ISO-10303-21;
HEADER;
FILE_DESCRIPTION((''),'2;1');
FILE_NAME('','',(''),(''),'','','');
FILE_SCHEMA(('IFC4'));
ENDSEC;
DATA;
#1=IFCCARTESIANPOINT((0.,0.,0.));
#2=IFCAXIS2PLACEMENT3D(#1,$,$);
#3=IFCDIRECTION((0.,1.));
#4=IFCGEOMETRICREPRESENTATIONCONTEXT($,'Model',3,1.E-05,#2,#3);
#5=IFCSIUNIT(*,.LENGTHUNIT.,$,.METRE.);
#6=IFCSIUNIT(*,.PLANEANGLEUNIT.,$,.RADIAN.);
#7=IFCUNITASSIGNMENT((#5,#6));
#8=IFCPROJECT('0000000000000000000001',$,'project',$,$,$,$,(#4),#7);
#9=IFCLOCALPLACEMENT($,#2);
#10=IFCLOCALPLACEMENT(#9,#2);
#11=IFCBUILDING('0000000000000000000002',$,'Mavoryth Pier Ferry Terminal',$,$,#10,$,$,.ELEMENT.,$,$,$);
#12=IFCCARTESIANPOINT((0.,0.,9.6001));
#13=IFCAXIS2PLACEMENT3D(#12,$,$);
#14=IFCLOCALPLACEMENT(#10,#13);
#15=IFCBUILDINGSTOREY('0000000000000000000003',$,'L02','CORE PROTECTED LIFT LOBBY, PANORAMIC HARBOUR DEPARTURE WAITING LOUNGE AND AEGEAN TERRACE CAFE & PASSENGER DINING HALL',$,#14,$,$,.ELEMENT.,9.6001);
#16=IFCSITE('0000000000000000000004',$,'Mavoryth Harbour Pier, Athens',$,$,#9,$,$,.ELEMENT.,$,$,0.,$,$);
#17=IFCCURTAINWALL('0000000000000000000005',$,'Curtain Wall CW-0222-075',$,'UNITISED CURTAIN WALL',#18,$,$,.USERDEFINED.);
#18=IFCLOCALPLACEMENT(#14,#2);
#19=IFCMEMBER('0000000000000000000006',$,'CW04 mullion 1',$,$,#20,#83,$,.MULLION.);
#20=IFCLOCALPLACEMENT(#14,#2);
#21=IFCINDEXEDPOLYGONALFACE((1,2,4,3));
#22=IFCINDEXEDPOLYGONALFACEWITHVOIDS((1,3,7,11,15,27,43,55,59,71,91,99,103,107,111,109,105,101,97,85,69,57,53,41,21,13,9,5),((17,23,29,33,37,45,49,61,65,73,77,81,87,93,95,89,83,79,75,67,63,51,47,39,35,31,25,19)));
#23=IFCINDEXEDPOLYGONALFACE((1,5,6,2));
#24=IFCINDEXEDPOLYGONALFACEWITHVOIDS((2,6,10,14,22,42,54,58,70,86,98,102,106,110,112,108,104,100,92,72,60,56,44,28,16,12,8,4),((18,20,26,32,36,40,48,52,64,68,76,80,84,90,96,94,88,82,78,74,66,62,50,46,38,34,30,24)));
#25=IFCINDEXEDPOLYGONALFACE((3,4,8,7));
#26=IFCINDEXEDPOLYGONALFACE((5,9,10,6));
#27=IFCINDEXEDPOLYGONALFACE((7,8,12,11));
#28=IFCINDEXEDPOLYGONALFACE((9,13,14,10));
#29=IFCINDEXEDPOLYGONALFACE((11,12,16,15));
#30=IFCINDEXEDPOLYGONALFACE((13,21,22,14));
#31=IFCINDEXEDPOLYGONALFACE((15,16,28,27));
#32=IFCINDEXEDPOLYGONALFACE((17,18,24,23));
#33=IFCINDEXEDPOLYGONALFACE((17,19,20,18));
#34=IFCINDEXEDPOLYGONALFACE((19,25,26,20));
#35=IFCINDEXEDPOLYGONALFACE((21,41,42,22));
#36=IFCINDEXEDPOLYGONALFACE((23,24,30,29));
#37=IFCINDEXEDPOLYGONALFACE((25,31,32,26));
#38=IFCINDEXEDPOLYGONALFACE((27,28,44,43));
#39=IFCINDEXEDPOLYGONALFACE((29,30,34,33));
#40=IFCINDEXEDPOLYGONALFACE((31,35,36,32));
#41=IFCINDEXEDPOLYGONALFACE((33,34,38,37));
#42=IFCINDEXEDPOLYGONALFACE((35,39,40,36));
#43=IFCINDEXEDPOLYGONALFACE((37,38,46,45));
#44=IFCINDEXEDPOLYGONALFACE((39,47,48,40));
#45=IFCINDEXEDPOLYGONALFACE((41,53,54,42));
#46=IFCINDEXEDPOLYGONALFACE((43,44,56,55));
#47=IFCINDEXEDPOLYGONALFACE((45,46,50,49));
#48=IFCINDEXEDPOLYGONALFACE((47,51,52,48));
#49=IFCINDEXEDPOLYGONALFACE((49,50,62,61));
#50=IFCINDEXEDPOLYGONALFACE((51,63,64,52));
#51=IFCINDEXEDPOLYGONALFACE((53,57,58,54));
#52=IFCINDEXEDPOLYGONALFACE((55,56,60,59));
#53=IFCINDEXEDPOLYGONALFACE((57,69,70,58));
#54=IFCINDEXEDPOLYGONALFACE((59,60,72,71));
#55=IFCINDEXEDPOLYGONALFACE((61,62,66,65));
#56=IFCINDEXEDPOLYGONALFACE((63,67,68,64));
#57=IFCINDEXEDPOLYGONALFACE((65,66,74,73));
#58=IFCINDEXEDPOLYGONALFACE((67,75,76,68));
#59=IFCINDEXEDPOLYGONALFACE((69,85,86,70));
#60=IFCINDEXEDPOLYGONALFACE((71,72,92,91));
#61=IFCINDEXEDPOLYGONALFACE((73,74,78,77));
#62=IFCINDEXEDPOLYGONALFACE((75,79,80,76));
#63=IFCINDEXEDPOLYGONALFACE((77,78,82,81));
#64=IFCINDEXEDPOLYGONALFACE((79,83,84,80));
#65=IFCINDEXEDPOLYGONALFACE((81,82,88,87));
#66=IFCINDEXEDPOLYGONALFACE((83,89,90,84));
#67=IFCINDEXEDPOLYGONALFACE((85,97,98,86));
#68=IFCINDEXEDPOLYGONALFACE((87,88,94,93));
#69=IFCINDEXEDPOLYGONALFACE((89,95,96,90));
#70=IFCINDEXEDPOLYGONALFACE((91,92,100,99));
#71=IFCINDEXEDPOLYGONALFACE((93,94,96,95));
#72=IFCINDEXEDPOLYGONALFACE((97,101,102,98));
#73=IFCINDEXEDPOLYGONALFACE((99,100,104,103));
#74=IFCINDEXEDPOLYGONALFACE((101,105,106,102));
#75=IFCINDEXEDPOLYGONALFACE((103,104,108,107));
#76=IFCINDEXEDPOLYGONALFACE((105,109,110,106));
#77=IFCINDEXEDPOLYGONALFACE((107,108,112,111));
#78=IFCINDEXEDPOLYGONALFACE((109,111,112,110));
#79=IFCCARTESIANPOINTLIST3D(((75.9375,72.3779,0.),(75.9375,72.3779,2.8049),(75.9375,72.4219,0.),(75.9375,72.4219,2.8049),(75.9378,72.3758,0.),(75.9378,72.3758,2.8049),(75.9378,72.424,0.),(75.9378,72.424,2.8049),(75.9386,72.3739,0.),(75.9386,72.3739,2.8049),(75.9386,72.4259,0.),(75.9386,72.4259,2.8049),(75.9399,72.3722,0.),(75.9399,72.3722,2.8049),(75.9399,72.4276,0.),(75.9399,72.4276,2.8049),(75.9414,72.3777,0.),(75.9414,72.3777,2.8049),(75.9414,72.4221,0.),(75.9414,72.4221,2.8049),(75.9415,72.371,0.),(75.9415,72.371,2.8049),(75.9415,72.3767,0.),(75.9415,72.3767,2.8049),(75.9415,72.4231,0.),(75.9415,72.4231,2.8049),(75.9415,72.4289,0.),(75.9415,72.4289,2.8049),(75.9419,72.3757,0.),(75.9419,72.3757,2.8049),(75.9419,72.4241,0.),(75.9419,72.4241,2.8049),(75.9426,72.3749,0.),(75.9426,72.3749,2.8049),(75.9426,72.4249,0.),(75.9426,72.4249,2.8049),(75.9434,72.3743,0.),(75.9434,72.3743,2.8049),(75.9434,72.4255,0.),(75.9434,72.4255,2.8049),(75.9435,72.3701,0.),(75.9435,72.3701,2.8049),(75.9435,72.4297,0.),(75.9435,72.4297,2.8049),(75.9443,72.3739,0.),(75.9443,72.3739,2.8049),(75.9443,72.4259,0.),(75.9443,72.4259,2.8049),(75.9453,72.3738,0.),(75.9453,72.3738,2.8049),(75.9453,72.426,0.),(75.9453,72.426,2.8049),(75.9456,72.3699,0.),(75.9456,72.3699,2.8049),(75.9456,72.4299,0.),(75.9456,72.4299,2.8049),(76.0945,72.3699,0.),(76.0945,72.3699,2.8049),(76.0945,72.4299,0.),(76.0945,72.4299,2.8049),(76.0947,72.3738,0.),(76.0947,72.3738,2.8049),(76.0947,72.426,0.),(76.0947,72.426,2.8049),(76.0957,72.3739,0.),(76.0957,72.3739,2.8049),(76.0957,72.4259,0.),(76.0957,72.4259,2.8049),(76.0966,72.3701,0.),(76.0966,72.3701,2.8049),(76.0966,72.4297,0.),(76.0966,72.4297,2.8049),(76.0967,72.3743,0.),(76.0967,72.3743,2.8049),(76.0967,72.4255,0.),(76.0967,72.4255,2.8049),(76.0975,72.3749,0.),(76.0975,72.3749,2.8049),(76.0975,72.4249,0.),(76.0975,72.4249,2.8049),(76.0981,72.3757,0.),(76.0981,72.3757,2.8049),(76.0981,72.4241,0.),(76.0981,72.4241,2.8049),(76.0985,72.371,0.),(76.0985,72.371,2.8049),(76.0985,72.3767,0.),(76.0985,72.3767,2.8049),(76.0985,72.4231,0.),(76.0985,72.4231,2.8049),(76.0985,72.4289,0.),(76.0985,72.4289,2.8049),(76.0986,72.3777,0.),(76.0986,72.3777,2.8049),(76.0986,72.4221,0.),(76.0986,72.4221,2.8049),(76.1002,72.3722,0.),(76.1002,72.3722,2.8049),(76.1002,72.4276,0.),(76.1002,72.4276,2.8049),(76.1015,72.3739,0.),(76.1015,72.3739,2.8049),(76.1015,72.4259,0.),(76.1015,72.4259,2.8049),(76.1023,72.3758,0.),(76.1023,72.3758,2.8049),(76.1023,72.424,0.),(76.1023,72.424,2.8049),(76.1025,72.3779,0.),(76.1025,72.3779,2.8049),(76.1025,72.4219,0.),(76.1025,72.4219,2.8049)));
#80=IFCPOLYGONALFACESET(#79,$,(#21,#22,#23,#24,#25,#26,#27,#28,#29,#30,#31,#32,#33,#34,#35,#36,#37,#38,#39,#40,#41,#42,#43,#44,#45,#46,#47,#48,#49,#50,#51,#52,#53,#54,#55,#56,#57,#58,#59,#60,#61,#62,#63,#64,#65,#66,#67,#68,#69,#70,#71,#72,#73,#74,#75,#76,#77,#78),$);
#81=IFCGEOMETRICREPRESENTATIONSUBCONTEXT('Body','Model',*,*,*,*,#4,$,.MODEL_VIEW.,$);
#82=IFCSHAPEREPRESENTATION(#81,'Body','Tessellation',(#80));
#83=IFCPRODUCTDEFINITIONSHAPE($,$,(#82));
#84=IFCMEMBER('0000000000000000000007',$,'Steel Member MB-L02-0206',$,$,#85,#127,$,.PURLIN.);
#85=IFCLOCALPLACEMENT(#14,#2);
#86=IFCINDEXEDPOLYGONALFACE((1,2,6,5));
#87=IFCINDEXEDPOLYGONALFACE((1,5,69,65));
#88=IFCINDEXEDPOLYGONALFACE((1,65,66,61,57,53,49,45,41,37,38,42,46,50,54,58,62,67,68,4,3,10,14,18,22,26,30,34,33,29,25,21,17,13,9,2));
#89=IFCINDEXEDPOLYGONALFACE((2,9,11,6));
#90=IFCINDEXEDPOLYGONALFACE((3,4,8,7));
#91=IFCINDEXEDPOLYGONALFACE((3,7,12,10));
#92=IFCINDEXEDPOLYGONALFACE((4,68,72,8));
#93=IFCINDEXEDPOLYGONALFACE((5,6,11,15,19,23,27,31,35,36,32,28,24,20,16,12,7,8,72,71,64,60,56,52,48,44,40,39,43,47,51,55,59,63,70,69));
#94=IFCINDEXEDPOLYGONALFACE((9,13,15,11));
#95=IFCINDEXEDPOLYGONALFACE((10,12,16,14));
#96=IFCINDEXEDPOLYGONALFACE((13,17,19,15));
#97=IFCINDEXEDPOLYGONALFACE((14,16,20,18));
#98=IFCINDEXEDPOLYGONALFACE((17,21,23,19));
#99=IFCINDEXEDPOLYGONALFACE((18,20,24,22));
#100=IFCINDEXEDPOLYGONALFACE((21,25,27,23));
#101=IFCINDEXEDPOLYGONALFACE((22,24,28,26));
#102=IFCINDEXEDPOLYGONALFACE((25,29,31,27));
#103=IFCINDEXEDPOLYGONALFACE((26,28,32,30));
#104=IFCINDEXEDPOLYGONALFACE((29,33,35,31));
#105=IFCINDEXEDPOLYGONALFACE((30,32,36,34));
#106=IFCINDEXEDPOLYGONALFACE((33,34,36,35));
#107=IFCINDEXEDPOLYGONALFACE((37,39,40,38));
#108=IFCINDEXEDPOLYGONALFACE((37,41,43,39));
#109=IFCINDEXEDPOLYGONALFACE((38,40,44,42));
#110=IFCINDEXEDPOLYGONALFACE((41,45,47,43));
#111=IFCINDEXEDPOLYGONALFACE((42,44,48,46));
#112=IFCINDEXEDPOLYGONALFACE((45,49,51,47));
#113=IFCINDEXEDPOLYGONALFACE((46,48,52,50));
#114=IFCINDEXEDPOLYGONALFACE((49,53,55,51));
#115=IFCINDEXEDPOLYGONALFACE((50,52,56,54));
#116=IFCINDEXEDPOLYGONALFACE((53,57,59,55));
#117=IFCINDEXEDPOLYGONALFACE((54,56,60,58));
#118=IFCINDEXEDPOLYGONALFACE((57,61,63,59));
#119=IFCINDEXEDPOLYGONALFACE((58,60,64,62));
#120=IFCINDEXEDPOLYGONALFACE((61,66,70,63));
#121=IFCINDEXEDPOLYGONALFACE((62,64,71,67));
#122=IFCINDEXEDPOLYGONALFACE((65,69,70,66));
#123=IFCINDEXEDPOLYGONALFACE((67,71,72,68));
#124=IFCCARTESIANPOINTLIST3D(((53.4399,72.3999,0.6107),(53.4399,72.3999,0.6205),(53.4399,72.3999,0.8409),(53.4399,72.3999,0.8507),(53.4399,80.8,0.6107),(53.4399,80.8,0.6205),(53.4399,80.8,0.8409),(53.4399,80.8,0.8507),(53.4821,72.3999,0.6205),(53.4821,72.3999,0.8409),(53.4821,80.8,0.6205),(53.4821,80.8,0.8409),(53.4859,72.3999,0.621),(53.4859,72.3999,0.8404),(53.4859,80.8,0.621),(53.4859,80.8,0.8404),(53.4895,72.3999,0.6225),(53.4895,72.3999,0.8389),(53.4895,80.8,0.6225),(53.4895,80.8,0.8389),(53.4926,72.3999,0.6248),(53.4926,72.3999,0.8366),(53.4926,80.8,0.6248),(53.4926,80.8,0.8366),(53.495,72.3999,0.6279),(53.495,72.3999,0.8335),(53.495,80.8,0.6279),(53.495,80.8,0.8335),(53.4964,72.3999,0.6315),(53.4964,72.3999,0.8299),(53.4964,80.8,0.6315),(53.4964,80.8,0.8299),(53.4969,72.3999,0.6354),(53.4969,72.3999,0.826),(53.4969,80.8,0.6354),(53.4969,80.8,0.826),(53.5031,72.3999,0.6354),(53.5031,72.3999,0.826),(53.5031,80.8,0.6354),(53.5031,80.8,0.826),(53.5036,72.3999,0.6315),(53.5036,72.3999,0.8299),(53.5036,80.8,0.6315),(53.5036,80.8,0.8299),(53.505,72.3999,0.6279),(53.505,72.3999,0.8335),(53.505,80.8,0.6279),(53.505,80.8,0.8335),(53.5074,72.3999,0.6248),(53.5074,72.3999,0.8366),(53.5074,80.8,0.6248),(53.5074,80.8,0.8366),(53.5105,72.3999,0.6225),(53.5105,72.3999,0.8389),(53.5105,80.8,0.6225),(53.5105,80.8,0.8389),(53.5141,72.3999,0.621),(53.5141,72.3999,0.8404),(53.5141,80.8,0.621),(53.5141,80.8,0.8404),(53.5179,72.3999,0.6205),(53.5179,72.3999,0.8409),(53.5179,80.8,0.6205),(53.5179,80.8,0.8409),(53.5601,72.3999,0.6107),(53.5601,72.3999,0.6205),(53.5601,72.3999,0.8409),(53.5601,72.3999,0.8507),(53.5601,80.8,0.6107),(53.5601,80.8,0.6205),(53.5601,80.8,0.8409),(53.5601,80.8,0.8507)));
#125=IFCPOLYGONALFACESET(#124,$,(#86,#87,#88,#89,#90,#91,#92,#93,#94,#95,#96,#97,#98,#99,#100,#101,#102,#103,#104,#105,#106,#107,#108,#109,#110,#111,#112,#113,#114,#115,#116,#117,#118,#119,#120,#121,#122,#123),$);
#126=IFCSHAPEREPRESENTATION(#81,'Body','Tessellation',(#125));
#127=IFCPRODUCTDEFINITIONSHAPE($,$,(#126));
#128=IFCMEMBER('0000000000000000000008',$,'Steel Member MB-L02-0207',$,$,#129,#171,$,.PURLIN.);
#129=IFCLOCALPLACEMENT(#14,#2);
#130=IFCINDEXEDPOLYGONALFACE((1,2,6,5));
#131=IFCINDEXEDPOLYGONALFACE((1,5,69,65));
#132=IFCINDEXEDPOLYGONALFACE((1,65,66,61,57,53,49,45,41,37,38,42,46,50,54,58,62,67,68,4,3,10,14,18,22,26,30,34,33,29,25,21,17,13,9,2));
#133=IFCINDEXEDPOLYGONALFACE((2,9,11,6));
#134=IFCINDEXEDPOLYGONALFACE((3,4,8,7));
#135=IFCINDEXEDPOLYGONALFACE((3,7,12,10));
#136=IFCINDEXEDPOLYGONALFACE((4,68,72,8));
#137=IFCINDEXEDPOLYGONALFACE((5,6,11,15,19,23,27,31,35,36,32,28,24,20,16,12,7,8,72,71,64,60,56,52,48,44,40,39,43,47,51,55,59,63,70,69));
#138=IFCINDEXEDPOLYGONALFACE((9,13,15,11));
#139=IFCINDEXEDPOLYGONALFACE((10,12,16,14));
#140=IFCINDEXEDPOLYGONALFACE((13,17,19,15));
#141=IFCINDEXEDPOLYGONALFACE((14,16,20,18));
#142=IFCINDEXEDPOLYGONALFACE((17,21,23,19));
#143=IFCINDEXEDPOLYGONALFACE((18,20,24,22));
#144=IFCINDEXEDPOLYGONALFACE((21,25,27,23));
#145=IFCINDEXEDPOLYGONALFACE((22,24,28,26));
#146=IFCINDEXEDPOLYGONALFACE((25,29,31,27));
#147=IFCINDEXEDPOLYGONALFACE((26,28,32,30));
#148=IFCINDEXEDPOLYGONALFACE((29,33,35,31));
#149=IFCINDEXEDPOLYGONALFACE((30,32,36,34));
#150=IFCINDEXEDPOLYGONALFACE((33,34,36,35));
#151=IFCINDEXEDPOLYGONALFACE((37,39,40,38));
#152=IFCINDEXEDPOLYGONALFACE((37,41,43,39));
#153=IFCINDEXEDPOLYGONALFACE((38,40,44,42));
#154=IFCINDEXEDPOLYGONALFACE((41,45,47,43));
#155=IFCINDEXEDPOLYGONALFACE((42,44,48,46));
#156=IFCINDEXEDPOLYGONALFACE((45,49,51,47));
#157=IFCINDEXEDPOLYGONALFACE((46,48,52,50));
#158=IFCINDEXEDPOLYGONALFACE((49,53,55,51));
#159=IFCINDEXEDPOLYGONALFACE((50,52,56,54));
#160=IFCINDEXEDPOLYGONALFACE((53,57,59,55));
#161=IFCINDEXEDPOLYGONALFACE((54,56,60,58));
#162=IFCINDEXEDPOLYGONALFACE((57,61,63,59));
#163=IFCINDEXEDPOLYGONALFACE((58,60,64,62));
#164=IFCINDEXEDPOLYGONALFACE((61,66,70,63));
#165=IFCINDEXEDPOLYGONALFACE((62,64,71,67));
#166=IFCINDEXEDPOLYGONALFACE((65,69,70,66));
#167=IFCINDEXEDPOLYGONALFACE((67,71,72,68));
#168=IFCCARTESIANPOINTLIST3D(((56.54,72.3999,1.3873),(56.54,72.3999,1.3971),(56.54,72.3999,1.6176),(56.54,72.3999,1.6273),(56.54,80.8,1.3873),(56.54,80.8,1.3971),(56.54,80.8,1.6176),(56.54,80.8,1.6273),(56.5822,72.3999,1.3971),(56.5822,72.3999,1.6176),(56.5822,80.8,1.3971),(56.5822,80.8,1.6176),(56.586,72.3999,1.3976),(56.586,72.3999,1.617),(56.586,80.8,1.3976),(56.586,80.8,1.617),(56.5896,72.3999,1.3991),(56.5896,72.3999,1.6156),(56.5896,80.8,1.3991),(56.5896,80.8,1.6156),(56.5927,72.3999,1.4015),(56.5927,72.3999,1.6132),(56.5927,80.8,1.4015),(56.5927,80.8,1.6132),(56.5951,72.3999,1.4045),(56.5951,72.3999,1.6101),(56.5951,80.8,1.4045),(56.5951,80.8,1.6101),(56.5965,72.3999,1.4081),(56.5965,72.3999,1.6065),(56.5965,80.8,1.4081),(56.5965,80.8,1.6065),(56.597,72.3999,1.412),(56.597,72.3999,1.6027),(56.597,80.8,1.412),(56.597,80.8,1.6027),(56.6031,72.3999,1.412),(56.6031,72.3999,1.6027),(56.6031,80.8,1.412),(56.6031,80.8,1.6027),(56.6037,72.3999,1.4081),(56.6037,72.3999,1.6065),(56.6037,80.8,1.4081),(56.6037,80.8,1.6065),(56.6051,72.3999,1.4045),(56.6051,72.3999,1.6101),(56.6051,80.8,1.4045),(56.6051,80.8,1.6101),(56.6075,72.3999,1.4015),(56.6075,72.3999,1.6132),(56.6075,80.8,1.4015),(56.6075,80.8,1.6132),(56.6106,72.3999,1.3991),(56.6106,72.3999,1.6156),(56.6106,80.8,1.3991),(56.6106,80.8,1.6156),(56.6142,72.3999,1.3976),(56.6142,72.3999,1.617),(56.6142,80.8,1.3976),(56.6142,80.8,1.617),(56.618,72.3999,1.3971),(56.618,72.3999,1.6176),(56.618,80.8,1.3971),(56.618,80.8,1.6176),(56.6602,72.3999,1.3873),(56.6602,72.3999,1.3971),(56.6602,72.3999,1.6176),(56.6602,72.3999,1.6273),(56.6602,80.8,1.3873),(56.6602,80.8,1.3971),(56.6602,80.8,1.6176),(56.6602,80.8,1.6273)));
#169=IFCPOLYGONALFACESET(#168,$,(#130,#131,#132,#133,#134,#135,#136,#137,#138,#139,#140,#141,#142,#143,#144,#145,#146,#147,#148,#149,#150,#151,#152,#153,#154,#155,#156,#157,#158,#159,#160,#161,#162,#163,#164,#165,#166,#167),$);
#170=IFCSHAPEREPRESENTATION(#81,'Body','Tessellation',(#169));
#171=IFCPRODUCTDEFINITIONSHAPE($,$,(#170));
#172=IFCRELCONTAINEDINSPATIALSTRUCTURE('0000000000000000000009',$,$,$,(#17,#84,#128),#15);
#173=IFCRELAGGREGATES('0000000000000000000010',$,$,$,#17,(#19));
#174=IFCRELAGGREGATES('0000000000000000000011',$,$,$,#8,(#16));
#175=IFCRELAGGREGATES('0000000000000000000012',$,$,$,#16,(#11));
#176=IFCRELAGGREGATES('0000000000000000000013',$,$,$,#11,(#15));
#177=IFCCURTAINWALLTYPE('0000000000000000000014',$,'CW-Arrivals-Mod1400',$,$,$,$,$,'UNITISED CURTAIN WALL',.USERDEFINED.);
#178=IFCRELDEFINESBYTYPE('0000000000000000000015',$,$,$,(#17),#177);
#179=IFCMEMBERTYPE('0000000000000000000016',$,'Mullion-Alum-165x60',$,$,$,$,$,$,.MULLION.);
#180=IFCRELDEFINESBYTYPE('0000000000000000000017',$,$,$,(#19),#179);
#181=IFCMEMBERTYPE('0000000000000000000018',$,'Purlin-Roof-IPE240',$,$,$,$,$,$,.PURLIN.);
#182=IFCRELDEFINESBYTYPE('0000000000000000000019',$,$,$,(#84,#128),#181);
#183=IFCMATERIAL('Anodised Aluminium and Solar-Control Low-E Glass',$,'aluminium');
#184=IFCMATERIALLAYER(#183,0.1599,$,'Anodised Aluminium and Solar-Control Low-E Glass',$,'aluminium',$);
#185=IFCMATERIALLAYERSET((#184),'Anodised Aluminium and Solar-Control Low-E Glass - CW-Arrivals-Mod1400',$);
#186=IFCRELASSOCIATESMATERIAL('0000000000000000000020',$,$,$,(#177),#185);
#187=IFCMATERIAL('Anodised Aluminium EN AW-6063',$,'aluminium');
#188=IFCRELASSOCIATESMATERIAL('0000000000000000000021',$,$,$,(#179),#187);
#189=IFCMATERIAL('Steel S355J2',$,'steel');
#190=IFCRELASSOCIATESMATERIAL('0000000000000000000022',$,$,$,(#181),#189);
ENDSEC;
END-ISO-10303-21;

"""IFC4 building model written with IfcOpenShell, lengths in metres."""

from ifc_helpers import new_model, si_unit, direction, frame, origin, origin_2d, place, context, subcontext, project, spatial, hollow_rectangle, i_section, extrude, material, layer, layer_set, material_profile, profile_set, type_object, element, aggregate, save


model = new_model("IFC4")

# Units and contexts
model_context = context("Model", 3, precision=1e-05, world=origin(), true_north=direction((0.0, 1.0)))
body_context = subcontext(model_context, "Body", "Model", "MODEL_VIEW")
ifc_project = project(units=[si_unit("LENGTHUNIT", "METRE"), si_unit("PLANEANGLEUNIT", "RADIAN")], contexts=[model_context])

# Site, building, storey
site_placement = place(None, origin())
site = spatial("IfcSite", under=ifc_project, at=site_placement, Name="Mavoryth Harbour Pier, Athens", CompositionType="ELEMENT", RefElevation=0.0)
building_placement = place(site_placement, origin())
building = spatial("IfcBuilding", under=site, at=building_placement, Name="Mavoryth Pier Ferry Terminal", CompositionType="ELEMENT")
storey_placement = place(building_placement, frame((0.0, 0.0, 9.6001)))
storey = spatial("IfcBuildingStorey", under=building, at=storey_placement, Name="L02", Description="CORE PROTECTED LIFT LOBBY, PANORAMIC HARBOUR DEPARTURE WAITING LOUNGE AND AEGEAN TERRACE CAFE & PASSENGER DINING HALL", CompositionType="ELEMENT", Elevation=9.6001)

# Shared definitions
ifc_material_1 = material(Name="Steel S355J2", Category="steel")

# Curtain wall, member
ifc_material_2 = material(Name="Anodised Aluminium and Solar-Control Low-E Glass", Category="aluminium")
ifc_layer_1 = layer(ifc_material_2, 0.1599, Name="Anodised Aluminium and Solar-Control Low-E Glass", Category="aluminium")
ifc_layer_set_1 = layer_set([ifc_layer_1], Name="Anodised Aluminium and Solar-Control Low-E Glass - CW-Arrivals-Mod1400")
curtain_wall_type = type_object("IfcCurtainWallType", Name="CW-Arrivals-Mod1400", ElementType="UNITISED CURTAIN WALL", PredefinedType="USERDEFINED", material=ifc_layer_set_1)
ifc_material_3 = material(Name="Anodised Aluminium EN AW-6063", Category="aluminium")
ifc_material_profile_1 = material_profile(ifc_material_3, hollow_rectangle(XDim=0.0601, YDim=0.165, WallThickness=0.0039, InnerFilletRadius=0.0039, OuterFilletRadius=0.0081, at=origin_2d()), Name="AL-MULL 165x60x4", Category="aluminium")
ifc_profile_set_1 = profile_set([ifc_material_profile_1], Name="Anodised Aluminium EN AW-6063 - AL-MULL 165x60x4")
member_type_1 = type_object("IfcMemberType", Name="Mullion-Alum-165x60", PredefinedType="MULLION", material=ifc_profile_set_1)
curtain_wall_1_placement = place(storey_placement, origin())
curtain_wall_1 = element("IfcCurtainWall", 1, at=curtain_wall_1_placement, inside=storey, type_object=curtain_wall_type, Name="Curtain Wall CW-0222-075", ObjectType="UNITISED CURTAIN WALL", PredefinedType="USERDEFINED")
member_1_placement = place(storey_placement, frame((76.02, 72.3999, 0.0), z_axis=(0.0, 0.0, 1.0), x_axis=(0.0, 1.0, 0.0)))
member_1 = element("IfcMember", 2, at=member_1_placement, type_object=member_type_1, Name="CW04 mullion 1", PredefinedType="MULLION", context=body_context, shape_type="SweptSolid", body=[
    extrude(hollow_rectangle(XDim=0.0601, YDim=0.165, WallThickness=0.0039, InnerFilletRadius=0.0039, OuterFilletRadius=0.0081, at=origin_2d()), origin(), (0.0, 0.0, 1.0), 2.8049),
])

# Members
ifc_material_profile_2 = material_profile(ifc_material_1, i_section(OverallWidth=0.1201, OverallDepth=0.24, WebThickness=0.0061, FlangeThickness=0.0098, FilletRadius=0.0149, at=origin_2d()), Name="IPE 240", Category="steel")
ifc_profile_set_2 = profile_set([ifc_material_profile_2], Name="Steel S355J2 - IPE 240")
member_type_2 = type_object("IfcMemberType", Name="Purlin-Roof-IPE240", PredefinedType="PURLIN", material=ifc_profile_set_2)
for number, where, z_axis, x_axis, name in (
    (3, (53.5, 72.3999, 0.7307), (0.0, 1.0, 0.0), (-1.0, 0.0, 0.0), "Steel Member MB-L02-0206"),
    (4, (56.6001, 72.3999, 1.5073), (0.0, 1.0, 0.0), (-1.0, 0.0, 0.0), "Steel Member MB-L02-0207"),
):
    element("IfcMember", number, at=place(storey_placement, frame(where, z_axis=z_axis, x_axis=x_axis)), inside=storey, type_object=member_type_2, Name=name, PredefinedType="PURLIN", context=body_context, shape_type="SweptSolid", body=[
        extrude(i_section(OverallWidth=0.1201, OverallDepth=0.24, WebThickness=0.0061, FlangeThickness=0.0098, FilletRadius=0.0149, at=origin_2d()), origin(), (0.0, 0.0, 1.0), 8.4001),
    ])

aggregate(curtain_wall_1, [member_1])

save(model, "model.ifc")
